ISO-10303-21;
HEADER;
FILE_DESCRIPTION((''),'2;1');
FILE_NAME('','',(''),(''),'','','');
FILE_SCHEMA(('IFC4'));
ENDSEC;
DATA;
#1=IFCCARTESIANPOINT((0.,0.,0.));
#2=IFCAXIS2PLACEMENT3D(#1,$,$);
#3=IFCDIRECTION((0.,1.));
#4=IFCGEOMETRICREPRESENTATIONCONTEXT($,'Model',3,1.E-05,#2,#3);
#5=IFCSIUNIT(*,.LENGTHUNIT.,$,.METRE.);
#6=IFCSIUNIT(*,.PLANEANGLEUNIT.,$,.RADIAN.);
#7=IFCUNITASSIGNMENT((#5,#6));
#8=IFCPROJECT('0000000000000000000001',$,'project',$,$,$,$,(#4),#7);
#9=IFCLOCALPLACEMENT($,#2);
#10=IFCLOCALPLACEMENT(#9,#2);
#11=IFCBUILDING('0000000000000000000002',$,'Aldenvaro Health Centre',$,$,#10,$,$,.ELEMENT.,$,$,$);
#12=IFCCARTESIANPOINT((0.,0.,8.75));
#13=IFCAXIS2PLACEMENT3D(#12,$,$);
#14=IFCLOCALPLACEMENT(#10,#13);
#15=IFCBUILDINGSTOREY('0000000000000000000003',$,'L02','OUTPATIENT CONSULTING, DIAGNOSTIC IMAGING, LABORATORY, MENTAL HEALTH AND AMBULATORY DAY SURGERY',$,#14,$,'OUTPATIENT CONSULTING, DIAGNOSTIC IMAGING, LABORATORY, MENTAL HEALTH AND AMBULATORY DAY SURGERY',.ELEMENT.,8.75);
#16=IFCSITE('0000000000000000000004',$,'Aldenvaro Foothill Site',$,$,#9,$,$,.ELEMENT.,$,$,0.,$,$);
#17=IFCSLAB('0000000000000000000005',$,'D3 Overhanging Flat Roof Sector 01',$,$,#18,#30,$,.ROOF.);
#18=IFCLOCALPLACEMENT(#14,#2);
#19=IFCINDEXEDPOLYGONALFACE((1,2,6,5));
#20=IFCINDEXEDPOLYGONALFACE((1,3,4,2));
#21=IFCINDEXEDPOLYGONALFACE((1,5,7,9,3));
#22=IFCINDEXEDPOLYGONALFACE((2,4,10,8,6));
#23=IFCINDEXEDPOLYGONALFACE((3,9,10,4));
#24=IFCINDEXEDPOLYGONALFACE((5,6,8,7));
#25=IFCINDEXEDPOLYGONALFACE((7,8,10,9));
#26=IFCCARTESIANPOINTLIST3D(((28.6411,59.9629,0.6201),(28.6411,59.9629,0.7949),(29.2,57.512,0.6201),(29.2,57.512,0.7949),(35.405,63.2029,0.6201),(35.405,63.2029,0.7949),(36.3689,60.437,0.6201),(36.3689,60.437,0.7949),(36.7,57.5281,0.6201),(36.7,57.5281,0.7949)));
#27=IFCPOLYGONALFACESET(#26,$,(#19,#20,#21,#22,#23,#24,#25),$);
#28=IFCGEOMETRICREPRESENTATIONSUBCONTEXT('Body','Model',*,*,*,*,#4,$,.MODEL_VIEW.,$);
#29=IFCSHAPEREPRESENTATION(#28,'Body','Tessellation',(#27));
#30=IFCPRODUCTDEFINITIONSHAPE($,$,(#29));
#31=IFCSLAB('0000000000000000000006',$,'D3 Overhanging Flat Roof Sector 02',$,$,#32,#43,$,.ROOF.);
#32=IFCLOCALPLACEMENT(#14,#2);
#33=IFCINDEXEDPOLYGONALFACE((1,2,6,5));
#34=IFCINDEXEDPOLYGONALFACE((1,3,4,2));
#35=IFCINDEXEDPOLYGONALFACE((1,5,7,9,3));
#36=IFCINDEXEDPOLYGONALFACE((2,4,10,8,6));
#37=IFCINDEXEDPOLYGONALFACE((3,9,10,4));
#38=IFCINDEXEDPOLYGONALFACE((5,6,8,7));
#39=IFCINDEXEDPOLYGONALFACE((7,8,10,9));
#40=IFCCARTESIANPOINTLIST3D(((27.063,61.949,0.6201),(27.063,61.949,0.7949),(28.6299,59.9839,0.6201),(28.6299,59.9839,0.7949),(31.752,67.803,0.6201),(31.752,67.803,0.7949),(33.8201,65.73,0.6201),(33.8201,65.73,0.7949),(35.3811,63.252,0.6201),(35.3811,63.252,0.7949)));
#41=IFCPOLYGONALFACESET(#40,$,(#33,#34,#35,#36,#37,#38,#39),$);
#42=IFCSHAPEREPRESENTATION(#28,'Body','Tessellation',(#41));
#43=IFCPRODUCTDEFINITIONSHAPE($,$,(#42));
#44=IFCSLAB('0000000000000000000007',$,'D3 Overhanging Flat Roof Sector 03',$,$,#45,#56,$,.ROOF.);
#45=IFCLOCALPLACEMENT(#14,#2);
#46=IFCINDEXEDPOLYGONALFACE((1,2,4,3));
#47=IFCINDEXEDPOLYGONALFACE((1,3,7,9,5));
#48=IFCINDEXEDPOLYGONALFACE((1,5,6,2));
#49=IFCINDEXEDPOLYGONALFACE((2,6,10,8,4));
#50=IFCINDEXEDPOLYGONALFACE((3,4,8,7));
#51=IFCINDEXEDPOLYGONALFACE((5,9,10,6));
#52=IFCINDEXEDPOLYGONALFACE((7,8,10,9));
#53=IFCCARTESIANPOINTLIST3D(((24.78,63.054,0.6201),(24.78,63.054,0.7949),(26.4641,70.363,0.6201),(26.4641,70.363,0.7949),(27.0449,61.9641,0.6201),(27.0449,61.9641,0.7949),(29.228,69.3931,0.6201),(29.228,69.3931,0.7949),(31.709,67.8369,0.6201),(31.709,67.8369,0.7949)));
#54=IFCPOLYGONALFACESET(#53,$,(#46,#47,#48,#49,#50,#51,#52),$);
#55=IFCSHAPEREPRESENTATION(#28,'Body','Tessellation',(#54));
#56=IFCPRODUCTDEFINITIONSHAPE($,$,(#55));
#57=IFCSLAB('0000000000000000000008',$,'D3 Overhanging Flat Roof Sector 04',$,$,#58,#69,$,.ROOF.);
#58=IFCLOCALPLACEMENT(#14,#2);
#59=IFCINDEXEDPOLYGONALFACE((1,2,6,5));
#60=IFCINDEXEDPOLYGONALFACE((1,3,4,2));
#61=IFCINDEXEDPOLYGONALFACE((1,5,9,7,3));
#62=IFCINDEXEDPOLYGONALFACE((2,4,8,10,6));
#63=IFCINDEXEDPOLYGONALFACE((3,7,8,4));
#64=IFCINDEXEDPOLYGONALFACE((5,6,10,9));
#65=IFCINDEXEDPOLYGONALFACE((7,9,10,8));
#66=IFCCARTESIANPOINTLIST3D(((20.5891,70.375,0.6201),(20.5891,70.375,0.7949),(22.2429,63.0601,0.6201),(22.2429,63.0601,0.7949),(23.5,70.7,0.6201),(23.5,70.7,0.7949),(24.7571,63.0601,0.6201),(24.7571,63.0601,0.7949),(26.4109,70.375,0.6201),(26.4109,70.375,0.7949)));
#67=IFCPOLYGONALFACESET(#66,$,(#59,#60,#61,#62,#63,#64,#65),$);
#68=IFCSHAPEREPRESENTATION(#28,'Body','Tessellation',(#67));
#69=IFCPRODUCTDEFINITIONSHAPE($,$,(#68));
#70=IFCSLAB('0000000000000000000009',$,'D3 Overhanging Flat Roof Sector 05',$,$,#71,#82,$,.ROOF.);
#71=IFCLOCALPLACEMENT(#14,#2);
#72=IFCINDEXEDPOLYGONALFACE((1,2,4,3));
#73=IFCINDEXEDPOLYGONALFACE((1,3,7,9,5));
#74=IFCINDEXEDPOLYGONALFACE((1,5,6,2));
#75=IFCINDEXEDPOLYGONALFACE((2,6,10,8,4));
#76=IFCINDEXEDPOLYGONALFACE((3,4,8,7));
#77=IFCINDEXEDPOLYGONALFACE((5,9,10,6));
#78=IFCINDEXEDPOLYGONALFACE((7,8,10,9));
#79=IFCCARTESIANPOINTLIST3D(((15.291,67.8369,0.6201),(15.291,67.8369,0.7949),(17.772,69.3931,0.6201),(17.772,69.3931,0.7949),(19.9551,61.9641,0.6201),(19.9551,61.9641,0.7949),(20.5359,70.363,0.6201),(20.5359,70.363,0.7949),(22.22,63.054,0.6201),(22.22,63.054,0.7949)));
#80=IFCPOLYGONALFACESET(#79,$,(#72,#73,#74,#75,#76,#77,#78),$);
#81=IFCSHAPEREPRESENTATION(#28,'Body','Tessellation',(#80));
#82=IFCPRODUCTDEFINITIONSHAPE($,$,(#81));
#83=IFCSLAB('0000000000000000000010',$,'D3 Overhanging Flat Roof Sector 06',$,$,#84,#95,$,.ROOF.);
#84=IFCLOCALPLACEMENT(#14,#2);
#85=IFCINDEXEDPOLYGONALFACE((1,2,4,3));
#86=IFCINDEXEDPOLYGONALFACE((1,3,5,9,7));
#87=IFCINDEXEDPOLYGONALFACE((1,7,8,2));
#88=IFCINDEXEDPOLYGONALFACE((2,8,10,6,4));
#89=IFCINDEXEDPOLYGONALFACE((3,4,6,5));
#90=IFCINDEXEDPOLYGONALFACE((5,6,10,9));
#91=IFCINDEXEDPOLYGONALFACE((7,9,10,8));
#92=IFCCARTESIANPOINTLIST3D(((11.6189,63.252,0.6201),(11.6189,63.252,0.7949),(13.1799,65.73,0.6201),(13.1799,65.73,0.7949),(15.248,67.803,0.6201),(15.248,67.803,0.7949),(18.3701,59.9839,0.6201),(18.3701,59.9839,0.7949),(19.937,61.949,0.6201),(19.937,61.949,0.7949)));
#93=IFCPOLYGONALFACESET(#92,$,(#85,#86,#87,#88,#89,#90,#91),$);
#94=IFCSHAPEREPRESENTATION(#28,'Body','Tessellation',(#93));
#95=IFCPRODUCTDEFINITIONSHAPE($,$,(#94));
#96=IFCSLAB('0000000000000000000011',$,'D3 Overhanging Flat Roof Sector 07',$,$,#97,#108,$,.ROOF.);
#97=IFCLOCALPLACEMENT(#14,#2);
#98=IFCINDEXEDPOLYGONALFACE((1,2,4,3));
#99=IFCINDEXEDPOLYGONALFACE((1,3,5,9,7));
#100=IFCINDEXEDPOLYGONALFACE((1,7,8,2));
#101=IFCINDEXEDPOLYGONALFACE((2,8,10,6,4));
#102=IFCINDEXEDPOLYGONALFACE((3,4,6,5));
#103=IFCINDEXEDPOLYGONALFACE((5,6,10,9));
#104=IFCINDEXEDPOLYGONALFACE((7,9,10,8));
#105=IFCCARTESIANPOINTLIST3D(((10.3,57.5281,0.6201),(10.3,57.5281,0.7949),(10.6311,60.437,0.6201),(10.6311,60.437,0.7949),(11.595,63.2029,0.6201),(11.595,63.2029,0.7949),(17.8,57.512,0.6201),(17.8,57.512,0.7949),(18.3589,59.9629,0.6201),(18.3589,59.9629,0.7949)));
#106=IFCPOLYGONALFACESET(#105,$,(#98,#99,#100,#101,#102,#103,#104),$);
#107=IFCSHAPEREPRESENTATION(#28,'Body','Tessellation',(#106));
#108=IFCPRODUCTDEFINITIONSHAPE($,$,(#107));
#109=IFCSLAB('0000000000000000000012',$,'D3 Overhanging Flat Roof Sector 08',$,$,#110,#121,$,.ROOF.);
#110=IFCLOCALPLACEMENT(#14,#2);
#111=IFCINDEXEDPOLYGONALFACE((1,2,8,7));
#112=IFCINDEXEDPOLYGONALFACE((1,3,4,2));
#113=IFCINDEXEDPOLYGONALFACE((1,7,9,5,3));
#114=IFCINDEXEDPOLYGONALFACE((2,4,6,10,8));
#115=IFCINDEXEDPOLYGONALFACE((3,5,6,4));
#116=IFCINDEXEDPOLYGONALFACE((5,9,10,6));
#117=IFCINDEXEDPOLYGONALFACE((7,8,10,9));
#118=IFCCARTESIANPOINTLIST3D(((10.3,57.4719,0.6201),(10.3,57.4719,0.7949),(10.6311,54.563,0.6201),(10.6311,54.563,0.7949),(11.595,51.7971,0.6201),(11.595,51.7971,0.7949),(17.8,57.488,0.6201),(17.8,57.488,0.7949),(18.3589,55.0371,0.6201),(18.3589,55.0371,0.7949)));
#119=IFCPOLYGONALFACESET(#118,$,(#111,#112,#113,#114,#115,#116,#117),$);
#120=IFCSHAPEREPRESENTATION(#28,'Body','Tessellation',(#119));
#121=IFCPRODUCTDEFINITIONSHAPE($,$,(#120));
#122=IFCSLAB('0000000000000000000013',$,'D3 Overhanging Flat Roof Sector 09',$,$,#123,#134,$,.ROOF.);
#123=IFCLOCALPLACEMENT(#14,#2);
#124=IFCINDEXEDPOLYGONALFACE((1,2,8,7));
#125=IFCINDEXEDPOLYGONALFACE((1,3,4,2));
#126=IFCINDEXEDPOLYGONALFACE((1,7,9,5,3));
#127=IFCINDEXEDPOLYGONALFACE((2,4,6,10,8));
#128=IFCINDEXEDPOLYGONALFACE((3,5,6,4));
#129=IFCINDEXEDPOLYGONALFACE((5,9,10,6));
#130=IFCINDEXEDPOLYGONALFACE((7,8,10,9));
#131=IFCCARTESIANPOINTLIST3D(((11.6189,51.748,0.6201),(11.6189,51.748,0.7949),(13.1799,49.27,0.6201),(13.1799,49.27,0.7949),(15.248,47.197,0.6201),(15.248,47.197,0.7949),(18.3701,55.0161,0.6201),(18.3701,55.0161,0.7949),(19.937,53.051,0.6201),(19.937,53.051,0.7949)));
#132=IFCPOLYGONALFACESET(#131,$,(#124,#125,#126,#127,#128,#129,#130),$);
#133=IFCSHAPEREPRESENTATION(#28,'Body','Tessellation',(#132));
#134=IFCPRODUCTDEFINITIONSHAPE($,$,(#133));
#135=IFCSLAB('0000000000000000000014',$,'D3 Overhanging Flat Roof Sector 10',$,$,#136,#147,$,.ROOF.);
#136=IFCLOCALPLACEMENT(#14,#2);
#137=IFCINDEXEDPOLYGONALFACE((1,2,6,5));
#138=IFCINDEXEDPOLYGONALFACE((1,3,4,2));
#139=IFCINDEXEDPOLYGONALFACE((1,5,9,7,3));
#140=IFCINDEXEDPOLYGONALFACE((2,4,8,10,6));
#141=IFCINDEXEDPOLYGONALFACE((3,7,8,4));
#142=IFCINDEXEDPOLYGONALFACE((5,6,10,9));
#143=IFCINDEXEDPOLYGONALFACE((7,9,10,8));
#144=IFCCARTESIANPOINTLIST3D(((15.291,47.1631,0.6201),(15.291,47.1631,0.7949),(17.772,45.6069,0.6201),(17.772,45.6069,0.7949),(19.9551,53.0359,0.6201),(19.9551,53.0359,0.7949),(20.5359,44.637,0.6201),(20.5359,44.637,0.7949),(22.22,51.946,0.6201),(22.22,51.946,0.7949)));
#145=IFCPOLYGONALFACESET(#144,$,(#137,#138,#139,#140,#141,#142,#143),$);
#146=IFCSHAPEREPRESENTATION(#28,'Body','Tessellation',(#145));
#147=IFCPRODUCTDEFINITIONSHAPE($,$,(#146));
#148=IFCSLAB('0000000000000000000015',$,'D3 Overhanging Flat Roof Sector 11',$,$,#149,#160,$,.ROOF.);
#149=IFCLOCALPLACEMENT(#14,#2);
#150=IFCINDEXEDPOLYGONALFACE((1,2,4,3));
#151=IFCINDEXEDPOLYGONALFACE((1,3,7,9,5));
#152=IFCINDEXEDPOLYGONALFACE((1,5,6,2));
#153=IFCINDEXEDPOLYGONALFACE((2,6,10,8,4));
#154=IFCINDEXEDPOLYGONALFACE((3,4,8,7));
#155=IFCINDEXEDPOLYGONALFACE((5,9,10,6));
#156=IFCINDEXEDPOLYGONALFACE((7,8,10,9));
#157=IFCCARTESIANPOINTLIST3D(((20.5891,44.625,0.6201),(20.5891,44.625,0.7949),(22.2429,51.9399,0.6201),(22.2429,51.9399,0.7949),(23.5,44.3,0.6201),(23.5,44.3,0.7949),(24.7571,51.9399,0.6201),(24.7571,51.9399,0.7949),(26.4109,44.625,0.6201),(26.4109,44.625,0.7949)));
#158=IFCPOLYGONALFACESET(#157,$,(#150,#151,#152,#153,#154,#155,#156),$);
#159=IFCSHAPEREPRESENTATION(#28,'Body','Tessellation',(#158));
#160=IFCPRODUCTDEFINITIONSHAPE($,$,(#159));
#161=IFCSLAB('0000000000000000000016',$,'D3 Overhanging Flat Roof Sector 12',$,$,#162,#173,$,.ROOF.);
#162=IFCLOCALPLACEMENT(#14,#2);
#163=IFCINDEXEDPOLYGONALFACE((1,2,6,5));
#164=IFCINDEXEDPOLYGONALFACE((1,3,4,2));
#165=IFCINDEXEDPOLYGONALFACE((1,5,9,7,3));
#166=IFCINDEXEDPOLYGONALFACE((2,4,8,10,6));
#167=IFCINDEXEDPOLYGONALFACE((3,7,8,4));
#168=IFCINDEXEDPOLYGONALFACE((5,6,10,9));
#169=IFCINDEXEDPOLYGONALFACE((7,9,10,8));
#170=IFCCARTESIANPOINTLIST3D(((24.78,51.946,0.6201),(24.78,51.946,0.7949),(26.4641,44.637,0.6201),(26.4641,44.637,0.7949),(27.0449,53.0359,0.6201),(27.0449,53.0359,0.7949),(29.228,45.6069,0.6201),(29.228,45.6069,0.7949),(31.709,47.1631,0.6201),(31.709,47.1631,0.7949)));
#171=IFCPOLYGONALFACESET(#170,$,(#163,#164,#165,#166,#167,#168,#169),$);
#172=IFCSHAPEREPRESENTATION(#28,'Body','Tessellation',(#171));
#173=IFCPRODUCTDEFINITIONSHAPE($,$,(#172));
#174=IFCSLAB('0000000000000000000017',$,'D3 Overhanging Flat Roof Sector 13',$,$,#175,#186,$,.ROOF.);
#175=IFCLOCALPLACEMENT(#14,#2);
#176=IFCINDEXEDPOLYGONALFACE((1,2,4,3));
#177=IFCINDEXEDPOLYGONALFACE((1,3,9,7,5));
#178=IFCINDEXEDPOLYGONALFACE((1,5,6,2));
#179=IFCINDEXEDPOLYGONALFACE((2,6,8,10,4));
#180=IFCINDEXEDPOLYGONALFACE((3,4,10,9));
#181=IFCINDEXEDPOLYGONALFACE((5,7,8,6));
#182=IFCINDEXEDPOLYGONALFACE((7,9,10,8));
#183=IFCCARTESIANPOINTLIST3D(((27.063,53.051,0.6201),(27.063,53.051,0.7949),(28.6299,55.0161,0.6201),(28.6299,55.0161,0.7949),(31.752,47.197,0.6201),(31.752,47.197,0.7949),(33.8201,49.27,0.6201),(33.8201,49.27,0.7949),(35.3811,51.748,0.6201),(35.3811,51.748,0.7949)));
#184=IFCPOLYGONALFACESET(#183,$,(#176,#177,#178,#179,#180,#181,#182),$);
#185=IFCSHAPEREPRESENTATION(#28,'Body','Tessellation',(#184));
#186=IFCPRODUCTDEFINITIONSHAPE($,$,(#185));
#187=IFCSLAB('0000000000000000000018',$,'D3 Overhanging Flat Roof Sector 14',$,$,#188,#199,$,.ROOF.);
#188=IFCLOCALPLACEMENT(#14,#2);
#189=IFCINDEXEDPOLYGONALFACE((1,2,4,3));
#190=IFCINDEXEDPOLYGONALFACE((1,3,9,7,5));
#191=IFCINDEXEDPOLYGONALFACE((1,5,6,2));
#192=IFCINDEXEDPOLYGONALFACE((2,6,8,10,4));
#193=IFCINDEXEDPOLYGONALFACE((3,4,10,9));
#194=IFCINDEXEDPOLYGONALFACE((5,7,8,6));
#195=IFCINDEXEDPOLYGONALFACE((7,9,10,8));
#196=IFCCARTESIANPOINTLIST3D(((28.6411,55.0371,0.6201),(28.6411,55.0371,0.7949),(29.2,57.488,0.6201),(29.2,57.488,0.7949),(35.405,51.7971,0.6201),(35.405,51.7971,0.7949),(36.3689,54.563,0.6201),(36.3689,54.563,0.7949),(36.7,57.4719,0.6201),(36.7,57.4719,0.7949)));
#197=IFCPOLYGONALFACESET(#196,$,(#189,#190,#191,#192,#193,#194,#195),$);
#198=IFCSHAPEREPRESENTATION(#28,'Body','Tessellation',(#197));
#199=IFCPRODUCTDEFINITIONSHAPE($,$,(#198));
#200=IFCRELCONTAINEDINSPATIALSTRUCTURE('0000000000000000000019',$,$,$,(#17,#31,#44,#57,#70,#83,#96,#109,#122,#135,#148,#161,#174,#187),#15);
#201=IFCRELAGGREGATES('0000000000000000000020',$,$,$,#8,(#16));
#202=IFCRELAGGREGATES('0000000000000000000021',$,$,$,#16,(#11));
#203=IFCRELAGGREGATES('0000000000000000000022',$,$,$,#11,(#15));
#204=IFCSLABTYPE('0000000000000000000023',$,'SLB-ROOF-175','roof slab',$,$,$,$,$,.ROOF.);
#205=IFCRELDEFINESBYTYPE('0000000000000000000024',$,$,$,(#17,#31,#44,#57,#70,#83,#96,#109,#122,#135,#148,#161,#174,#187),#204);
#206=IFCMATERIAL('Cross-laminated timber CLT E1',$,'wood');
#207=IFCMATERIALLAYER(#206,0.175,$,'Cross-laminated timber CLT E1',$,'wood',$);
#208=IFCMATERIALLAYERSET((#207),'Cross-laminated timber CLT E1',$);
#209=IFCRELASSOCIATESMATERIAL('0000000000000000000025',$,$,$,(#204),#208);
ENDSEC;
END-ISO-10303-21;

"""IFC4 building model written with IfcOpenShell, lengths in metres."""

from ifc_helpers import new_model, si_unit, direction, frame, origin, place, context, subcontext, project, spatial, polyline, outline, extrude, material, layer, layer_set, type_object, element, save


model = new_model("IFC4")

# Units and contexts
model_context = context("Model", 3, precision=1e-05, world=origin(), true_north=direction((0.0, 1.0)))
body_context = subcontext(model_context, "Body", "Model", "MODEL_VIEW")
ifc_project = project(units=[si_unit("LENGTHUNIT", "METRE"), si_unit("PLANEANGLEUNIT", "RADIAN")], contexts=[model_context])

# Site, building, storey
site_placement = place(None, origin())
site = spatial("IfcSite", under=ifc_project, at=site_placement, Name="Aldenvaro Foothill Site", CompositionType="ELEMENT", RefElevation=0.0)
building_placement = place(site_placement, origin())
building = spatial("IfcBuilding", under=site, at=building_placement, Name="Aldenvaro Health Centre", CompositionType="ELEMENT")
storey_placement = place(building_placement, frame((0.0, 0.0, 8.75)))
storey = spatial("IfcBuildingStorey", under=building, at=storey_placement, Name="L02", Description="OUTPATIENT CONSULTING, DIAGNOSTIC IMAGING, LABORATORY, MENTAL HEALTH AND AMBULATORY DAY SURGERY", LongName="OUTPATIENT CONSULTING, DIAGNOSTIC IMAGING, LABORATORY, MENTAL HEALTH AND AMBULATORY DAY SURGERY", CompositionType="ELEMENT", Elevation=8.75)

# Slabs
ifc_material_1 = material(Name="Cross-laminated timber CLT E1", Category="wood")
ifc_layer_1 = layer(ifc_material_1, 0.175, Name="Cross-laminated timber CLT E1", Category="wood")
ifc_layer_set_1 = layer_set([ifc_layer_1], Name="Cross-laminated timber CLT E1")
slab_type_1 = type_object("IfcSlabType", Name="SLB-ROOF-175", Description="roof slab", PredefinedType="ROOF", material=ifc_layer_set_1)
slab_1_placement = place(storey_placement, frame((0.0, 0.0, 0.6201)))
element("IfcSlab", 1, at=slab_1_placement, inside=storey, type_object=slab_type_1, Name="D3 Overhanging Flat Roof Sector 01", PredefinedType="ROOF", context=body_context, shape_type="SweptSolid", body=[
    extrude(outline(polyline([(36.7, 57.5281), (36.3689, 60.437), (35.405, 63.2029), (28.6411, 59.9629), (29.2, 57.512), (36.7, 57.5281)])), origin(), (0.0, 0.0, 1.0), 0.1748),
])
slab_2_placement = place(storey_placement, frame((0.0, 0.0, 0.6201)))
element("IfcSlab", 2, at=slab_2_placement, inside=storey, type_object=slab_type_1, Name="D3 Overhanging Flat Roof Sector 02", PredefinedType="ROOF", context=body_context, shape_type="SweptSolid", body=[
    extrude(outline(polyline([(35.3811, 63.252), (33.8201, 65.73), (31.752, 67.803), (27.063, 61.949), (28.6299, 59.9839), (35.3811, 63.252)])), origin(), (0.0, 0.0, 1.0), 0.1748),
])
slab_3_placement = place(storey_placement, frame((0.0, 0.0, 0.6201)))
element("IfcSlab", 3, at=slab_3_placement, inside=storey, type_object=slab_type_1, Name="D3 Overhanging Flat Roof Sector 03", PredefinedType="ROOF", context=body_context, shape_type="SweptSolid", body=[
    extrude(outline(polyline([(31.709, 67.8369), (29.228, 69.3931), (26.4641, 70.363), (24.78, 63.054), (27.0449, 61.9641), (31.709, 67.8369)])), origin(), (0.0, 0.0, 1.0), 0.1748),
])
slab_4_placement = place(storey_placement, frame((0.0, 0.0, 0.6201)))
element("IfcSlab", 4, at=slab_4_placement, inside=storey, type_object=slab_type_1, Name="D3 Overhanging Flat Roof Sector 04", PredefinedType="ROOF", context=body_context, shape_type="SweptSolid", body=[
    extrude(outline(polyline([(26.4109, 70.375), (23.5, 70.7), (20.5891, 70.375), (22.2429, 63.0601), (24.7571, 63.0601), (26.4109, 70.375)])), origin(), (0.0, 0.0, 1.0), 0.1748),
])
slab_5_placement = place(storey_placement, frame((0.0, 0.0, 0.6201)))
element("IfcSlab", 5, at=slab_5_placement, inside=storey, type_object=slab_type_1, Name="D3 Overhanging Flat Roof Sector 05", PredefinedType="ROOF", context=body_context, shape_type="SweptSolid", body=[
    extrude(outline(polyline([(20.5359, 70.363), (17.772, 69.3931), (15.291, 67.8369), (19.9551, 61.9641), (22.22, 63.054), (20.5359, 70.363)])), origin(), (0.0, 0.0, 1.0), 0.1748),
])
slab_6_placement = place(storey_placement, frame((0.0, 0.0, 0.6201)))
element("IfcSlab", 6, at=slab_6_placement, inside=storey, type_object=slab_type_1, Name="D3 Overhanging Flat Roof Sector 06", PredefinedType="ROOF", context=body_context, shape_type="SweptSolid", body=[
    extrude(outline(polyline([(15.248, 67.803), (13.1799, 65.73), (11.6189, 63.252), (18.3701, 59.9839), (19.937, 61.949), (15.248, 67.803)])), origin(), (0.0, 0.0, 1.0), 0.1748),
])
slab_7_placement = place(storey_placement, frame((0.0, 0.0, 0.6201)))
element("IfcSlab", 7, at=slab_7_placement, inside=storey, type_object=slab_type_1, Name="D3 Overhanging Flat Roof Sector 07", PredefinedType="ROOF", context=body_context, shape_type="SweptSolid", body=[
    extrude(outline(polyline([(11.595, 63.2029), (10.6311, 60.437), (10.3, 57.5281), (17.8, 57.512), (18.3589, 59.9629), (11.595, 63.2029)])), origin(), (0.0, 0.0, 1.0), 0.1748),
])
slab_8_placement = place(storey_placement, frame((0.0, 0.0, 0.6201)))
element("IfcSlab", 8, at=slab_8_placement, inside=storey, type_object=slab_type_1, Name="D3 Overhanging Flat Roof Sector 08", PredefinedType="ROOF", context=body_context, shape_type="SweptSolid", body=[
    extrude(outline(polyline([(10.3, 57.4719), (10.6311, 54.563), (11.595, 51.7971), (18.3589, 55.0371), (17.8, 57.488), (10.3, 57.4719)])), origin(), (0.0, 0.0, 1.0), 0.1748),
])
slab_9_placement = place(storey_placement, frame((0.0, 0.0, 0.6201)))
element("IfcSlab", 9, at=slab_9_placement, inside=storey, type_object=slab_type_1, Name="D3 Overhanging Flat Roof Sector 09", PredefinedType="ROOF", context=body_context, shape_type="SweptSolid", body=[
    extrude(outline(polyline([(11.6189, 51.748), (13.1799, 49.27), (15.248, 47.197), (19.937, 53.051), (18.3701, 55.0161), (11.6189, 51.748)])), origin(), (0.0, 0.0, 1.0), 0.1748),
])
slab_10_placement = place(storey_placement, frame((0.0, 0.0, 0.6201)))
element("IfcSlab", 10, at=slab_10_placement, inside=storey, type_object=slab_type_1, Name="D3 Overhanging Flat Roof Sector 10", PredefinedType="ROOF", context=body_context, shape_type="SweptSolid", body=[
    extrude(outline(polyline([(15.291, 47.1631), (17.772, 45.6069), (20.5359, 44.637), (22.22, 51.946), (19.9551, 53.0359), (15.291, 47.1631)])), origin(), (0.0, 0.0, 1.0), 0.1748),
])
slab_11_placement = place(storey_placement, frame((0.0, 0.0, 0.6201)))
element("IfcSlab", 11, at=slab_11_placement, inside=storey, type_object=slab_type_1, Name="D3 Overhanging Flat Roof Sector 11", PredefinedType="ROOF", context=body_context, shape_type="SweptSolid", body=[
    extrude(outline(polyline([(20.5891, 44.625), (23.5, 44.3), (26.4109, 44.625), (24.7571, 51.9399), (22.2429, 51.9399), (20.5891, 44.625)])), origin(), (0.0, 0.0, 1.0), 0.1748),
])
slab_12_placement = place(storey_placement, frame((0.0, 0.0, 0.6201)))
element("IfcSlab", 12, at=slab_12_placement, inside=storey, type_object=slab_type_1, Name="D3 Overhanging Flat Roof Sector 12", PredefinedType="ROOF", context=body_context, shape_type="SweptSolid", body=[
    extrude(outline(polyline([(26.4641, 44.637), (29.228, 45.6069), (31.709, 47.1631), (27.0449, 53.0359), (24.78, 51.946), (26.4641, 44.637)])), origin(), (0.0, 0.0, 1.0), 0.1748),
])
slab_13_placement = place(storey_placement, frame((0.0, 0.0, 0.6201)))
element("IfcSlab", 13, at=slab_13_placement, inside=storey, type_object=slab_type_1, Name="D3 Overhanging Flat Roof Sector 13", PredefinedType="ROOF", context=body_context, shape_type="SweptSolid", body=[
    extrude(outline(polyline([(31.752, 47.197), (33.8201, 49.27), (35.3811, 51.748), (28.6299, 55.0161), (27.063, 53.051), (31.752, 47.197)])), origin(), (0.0, 0.0, 1.0), 0.1748),
])
slab_14_placement = place(storey_placement, frame((0.0, 0.0, 0.6201)))
element("IfcSlab", 14, at=slab_14_placement, inside=storey, type_object=slab_type_1, Name="D3 Overhanging Flat Roof Sector 14", PredefinedType="ROOF", context=body_context, shape_type="SweptSolid", body=[
    extrude(outline(polyline([(35.405, 51.7971), (36.3689, 54.563), (36.7, 57.4719), (29.2, 57.488), (28.6411, 55.0371), (35.405, 51.7971)])), origin(), (0.0, 0.0, 1.0), 0.1748),
])

save(model, "model.ifc")
